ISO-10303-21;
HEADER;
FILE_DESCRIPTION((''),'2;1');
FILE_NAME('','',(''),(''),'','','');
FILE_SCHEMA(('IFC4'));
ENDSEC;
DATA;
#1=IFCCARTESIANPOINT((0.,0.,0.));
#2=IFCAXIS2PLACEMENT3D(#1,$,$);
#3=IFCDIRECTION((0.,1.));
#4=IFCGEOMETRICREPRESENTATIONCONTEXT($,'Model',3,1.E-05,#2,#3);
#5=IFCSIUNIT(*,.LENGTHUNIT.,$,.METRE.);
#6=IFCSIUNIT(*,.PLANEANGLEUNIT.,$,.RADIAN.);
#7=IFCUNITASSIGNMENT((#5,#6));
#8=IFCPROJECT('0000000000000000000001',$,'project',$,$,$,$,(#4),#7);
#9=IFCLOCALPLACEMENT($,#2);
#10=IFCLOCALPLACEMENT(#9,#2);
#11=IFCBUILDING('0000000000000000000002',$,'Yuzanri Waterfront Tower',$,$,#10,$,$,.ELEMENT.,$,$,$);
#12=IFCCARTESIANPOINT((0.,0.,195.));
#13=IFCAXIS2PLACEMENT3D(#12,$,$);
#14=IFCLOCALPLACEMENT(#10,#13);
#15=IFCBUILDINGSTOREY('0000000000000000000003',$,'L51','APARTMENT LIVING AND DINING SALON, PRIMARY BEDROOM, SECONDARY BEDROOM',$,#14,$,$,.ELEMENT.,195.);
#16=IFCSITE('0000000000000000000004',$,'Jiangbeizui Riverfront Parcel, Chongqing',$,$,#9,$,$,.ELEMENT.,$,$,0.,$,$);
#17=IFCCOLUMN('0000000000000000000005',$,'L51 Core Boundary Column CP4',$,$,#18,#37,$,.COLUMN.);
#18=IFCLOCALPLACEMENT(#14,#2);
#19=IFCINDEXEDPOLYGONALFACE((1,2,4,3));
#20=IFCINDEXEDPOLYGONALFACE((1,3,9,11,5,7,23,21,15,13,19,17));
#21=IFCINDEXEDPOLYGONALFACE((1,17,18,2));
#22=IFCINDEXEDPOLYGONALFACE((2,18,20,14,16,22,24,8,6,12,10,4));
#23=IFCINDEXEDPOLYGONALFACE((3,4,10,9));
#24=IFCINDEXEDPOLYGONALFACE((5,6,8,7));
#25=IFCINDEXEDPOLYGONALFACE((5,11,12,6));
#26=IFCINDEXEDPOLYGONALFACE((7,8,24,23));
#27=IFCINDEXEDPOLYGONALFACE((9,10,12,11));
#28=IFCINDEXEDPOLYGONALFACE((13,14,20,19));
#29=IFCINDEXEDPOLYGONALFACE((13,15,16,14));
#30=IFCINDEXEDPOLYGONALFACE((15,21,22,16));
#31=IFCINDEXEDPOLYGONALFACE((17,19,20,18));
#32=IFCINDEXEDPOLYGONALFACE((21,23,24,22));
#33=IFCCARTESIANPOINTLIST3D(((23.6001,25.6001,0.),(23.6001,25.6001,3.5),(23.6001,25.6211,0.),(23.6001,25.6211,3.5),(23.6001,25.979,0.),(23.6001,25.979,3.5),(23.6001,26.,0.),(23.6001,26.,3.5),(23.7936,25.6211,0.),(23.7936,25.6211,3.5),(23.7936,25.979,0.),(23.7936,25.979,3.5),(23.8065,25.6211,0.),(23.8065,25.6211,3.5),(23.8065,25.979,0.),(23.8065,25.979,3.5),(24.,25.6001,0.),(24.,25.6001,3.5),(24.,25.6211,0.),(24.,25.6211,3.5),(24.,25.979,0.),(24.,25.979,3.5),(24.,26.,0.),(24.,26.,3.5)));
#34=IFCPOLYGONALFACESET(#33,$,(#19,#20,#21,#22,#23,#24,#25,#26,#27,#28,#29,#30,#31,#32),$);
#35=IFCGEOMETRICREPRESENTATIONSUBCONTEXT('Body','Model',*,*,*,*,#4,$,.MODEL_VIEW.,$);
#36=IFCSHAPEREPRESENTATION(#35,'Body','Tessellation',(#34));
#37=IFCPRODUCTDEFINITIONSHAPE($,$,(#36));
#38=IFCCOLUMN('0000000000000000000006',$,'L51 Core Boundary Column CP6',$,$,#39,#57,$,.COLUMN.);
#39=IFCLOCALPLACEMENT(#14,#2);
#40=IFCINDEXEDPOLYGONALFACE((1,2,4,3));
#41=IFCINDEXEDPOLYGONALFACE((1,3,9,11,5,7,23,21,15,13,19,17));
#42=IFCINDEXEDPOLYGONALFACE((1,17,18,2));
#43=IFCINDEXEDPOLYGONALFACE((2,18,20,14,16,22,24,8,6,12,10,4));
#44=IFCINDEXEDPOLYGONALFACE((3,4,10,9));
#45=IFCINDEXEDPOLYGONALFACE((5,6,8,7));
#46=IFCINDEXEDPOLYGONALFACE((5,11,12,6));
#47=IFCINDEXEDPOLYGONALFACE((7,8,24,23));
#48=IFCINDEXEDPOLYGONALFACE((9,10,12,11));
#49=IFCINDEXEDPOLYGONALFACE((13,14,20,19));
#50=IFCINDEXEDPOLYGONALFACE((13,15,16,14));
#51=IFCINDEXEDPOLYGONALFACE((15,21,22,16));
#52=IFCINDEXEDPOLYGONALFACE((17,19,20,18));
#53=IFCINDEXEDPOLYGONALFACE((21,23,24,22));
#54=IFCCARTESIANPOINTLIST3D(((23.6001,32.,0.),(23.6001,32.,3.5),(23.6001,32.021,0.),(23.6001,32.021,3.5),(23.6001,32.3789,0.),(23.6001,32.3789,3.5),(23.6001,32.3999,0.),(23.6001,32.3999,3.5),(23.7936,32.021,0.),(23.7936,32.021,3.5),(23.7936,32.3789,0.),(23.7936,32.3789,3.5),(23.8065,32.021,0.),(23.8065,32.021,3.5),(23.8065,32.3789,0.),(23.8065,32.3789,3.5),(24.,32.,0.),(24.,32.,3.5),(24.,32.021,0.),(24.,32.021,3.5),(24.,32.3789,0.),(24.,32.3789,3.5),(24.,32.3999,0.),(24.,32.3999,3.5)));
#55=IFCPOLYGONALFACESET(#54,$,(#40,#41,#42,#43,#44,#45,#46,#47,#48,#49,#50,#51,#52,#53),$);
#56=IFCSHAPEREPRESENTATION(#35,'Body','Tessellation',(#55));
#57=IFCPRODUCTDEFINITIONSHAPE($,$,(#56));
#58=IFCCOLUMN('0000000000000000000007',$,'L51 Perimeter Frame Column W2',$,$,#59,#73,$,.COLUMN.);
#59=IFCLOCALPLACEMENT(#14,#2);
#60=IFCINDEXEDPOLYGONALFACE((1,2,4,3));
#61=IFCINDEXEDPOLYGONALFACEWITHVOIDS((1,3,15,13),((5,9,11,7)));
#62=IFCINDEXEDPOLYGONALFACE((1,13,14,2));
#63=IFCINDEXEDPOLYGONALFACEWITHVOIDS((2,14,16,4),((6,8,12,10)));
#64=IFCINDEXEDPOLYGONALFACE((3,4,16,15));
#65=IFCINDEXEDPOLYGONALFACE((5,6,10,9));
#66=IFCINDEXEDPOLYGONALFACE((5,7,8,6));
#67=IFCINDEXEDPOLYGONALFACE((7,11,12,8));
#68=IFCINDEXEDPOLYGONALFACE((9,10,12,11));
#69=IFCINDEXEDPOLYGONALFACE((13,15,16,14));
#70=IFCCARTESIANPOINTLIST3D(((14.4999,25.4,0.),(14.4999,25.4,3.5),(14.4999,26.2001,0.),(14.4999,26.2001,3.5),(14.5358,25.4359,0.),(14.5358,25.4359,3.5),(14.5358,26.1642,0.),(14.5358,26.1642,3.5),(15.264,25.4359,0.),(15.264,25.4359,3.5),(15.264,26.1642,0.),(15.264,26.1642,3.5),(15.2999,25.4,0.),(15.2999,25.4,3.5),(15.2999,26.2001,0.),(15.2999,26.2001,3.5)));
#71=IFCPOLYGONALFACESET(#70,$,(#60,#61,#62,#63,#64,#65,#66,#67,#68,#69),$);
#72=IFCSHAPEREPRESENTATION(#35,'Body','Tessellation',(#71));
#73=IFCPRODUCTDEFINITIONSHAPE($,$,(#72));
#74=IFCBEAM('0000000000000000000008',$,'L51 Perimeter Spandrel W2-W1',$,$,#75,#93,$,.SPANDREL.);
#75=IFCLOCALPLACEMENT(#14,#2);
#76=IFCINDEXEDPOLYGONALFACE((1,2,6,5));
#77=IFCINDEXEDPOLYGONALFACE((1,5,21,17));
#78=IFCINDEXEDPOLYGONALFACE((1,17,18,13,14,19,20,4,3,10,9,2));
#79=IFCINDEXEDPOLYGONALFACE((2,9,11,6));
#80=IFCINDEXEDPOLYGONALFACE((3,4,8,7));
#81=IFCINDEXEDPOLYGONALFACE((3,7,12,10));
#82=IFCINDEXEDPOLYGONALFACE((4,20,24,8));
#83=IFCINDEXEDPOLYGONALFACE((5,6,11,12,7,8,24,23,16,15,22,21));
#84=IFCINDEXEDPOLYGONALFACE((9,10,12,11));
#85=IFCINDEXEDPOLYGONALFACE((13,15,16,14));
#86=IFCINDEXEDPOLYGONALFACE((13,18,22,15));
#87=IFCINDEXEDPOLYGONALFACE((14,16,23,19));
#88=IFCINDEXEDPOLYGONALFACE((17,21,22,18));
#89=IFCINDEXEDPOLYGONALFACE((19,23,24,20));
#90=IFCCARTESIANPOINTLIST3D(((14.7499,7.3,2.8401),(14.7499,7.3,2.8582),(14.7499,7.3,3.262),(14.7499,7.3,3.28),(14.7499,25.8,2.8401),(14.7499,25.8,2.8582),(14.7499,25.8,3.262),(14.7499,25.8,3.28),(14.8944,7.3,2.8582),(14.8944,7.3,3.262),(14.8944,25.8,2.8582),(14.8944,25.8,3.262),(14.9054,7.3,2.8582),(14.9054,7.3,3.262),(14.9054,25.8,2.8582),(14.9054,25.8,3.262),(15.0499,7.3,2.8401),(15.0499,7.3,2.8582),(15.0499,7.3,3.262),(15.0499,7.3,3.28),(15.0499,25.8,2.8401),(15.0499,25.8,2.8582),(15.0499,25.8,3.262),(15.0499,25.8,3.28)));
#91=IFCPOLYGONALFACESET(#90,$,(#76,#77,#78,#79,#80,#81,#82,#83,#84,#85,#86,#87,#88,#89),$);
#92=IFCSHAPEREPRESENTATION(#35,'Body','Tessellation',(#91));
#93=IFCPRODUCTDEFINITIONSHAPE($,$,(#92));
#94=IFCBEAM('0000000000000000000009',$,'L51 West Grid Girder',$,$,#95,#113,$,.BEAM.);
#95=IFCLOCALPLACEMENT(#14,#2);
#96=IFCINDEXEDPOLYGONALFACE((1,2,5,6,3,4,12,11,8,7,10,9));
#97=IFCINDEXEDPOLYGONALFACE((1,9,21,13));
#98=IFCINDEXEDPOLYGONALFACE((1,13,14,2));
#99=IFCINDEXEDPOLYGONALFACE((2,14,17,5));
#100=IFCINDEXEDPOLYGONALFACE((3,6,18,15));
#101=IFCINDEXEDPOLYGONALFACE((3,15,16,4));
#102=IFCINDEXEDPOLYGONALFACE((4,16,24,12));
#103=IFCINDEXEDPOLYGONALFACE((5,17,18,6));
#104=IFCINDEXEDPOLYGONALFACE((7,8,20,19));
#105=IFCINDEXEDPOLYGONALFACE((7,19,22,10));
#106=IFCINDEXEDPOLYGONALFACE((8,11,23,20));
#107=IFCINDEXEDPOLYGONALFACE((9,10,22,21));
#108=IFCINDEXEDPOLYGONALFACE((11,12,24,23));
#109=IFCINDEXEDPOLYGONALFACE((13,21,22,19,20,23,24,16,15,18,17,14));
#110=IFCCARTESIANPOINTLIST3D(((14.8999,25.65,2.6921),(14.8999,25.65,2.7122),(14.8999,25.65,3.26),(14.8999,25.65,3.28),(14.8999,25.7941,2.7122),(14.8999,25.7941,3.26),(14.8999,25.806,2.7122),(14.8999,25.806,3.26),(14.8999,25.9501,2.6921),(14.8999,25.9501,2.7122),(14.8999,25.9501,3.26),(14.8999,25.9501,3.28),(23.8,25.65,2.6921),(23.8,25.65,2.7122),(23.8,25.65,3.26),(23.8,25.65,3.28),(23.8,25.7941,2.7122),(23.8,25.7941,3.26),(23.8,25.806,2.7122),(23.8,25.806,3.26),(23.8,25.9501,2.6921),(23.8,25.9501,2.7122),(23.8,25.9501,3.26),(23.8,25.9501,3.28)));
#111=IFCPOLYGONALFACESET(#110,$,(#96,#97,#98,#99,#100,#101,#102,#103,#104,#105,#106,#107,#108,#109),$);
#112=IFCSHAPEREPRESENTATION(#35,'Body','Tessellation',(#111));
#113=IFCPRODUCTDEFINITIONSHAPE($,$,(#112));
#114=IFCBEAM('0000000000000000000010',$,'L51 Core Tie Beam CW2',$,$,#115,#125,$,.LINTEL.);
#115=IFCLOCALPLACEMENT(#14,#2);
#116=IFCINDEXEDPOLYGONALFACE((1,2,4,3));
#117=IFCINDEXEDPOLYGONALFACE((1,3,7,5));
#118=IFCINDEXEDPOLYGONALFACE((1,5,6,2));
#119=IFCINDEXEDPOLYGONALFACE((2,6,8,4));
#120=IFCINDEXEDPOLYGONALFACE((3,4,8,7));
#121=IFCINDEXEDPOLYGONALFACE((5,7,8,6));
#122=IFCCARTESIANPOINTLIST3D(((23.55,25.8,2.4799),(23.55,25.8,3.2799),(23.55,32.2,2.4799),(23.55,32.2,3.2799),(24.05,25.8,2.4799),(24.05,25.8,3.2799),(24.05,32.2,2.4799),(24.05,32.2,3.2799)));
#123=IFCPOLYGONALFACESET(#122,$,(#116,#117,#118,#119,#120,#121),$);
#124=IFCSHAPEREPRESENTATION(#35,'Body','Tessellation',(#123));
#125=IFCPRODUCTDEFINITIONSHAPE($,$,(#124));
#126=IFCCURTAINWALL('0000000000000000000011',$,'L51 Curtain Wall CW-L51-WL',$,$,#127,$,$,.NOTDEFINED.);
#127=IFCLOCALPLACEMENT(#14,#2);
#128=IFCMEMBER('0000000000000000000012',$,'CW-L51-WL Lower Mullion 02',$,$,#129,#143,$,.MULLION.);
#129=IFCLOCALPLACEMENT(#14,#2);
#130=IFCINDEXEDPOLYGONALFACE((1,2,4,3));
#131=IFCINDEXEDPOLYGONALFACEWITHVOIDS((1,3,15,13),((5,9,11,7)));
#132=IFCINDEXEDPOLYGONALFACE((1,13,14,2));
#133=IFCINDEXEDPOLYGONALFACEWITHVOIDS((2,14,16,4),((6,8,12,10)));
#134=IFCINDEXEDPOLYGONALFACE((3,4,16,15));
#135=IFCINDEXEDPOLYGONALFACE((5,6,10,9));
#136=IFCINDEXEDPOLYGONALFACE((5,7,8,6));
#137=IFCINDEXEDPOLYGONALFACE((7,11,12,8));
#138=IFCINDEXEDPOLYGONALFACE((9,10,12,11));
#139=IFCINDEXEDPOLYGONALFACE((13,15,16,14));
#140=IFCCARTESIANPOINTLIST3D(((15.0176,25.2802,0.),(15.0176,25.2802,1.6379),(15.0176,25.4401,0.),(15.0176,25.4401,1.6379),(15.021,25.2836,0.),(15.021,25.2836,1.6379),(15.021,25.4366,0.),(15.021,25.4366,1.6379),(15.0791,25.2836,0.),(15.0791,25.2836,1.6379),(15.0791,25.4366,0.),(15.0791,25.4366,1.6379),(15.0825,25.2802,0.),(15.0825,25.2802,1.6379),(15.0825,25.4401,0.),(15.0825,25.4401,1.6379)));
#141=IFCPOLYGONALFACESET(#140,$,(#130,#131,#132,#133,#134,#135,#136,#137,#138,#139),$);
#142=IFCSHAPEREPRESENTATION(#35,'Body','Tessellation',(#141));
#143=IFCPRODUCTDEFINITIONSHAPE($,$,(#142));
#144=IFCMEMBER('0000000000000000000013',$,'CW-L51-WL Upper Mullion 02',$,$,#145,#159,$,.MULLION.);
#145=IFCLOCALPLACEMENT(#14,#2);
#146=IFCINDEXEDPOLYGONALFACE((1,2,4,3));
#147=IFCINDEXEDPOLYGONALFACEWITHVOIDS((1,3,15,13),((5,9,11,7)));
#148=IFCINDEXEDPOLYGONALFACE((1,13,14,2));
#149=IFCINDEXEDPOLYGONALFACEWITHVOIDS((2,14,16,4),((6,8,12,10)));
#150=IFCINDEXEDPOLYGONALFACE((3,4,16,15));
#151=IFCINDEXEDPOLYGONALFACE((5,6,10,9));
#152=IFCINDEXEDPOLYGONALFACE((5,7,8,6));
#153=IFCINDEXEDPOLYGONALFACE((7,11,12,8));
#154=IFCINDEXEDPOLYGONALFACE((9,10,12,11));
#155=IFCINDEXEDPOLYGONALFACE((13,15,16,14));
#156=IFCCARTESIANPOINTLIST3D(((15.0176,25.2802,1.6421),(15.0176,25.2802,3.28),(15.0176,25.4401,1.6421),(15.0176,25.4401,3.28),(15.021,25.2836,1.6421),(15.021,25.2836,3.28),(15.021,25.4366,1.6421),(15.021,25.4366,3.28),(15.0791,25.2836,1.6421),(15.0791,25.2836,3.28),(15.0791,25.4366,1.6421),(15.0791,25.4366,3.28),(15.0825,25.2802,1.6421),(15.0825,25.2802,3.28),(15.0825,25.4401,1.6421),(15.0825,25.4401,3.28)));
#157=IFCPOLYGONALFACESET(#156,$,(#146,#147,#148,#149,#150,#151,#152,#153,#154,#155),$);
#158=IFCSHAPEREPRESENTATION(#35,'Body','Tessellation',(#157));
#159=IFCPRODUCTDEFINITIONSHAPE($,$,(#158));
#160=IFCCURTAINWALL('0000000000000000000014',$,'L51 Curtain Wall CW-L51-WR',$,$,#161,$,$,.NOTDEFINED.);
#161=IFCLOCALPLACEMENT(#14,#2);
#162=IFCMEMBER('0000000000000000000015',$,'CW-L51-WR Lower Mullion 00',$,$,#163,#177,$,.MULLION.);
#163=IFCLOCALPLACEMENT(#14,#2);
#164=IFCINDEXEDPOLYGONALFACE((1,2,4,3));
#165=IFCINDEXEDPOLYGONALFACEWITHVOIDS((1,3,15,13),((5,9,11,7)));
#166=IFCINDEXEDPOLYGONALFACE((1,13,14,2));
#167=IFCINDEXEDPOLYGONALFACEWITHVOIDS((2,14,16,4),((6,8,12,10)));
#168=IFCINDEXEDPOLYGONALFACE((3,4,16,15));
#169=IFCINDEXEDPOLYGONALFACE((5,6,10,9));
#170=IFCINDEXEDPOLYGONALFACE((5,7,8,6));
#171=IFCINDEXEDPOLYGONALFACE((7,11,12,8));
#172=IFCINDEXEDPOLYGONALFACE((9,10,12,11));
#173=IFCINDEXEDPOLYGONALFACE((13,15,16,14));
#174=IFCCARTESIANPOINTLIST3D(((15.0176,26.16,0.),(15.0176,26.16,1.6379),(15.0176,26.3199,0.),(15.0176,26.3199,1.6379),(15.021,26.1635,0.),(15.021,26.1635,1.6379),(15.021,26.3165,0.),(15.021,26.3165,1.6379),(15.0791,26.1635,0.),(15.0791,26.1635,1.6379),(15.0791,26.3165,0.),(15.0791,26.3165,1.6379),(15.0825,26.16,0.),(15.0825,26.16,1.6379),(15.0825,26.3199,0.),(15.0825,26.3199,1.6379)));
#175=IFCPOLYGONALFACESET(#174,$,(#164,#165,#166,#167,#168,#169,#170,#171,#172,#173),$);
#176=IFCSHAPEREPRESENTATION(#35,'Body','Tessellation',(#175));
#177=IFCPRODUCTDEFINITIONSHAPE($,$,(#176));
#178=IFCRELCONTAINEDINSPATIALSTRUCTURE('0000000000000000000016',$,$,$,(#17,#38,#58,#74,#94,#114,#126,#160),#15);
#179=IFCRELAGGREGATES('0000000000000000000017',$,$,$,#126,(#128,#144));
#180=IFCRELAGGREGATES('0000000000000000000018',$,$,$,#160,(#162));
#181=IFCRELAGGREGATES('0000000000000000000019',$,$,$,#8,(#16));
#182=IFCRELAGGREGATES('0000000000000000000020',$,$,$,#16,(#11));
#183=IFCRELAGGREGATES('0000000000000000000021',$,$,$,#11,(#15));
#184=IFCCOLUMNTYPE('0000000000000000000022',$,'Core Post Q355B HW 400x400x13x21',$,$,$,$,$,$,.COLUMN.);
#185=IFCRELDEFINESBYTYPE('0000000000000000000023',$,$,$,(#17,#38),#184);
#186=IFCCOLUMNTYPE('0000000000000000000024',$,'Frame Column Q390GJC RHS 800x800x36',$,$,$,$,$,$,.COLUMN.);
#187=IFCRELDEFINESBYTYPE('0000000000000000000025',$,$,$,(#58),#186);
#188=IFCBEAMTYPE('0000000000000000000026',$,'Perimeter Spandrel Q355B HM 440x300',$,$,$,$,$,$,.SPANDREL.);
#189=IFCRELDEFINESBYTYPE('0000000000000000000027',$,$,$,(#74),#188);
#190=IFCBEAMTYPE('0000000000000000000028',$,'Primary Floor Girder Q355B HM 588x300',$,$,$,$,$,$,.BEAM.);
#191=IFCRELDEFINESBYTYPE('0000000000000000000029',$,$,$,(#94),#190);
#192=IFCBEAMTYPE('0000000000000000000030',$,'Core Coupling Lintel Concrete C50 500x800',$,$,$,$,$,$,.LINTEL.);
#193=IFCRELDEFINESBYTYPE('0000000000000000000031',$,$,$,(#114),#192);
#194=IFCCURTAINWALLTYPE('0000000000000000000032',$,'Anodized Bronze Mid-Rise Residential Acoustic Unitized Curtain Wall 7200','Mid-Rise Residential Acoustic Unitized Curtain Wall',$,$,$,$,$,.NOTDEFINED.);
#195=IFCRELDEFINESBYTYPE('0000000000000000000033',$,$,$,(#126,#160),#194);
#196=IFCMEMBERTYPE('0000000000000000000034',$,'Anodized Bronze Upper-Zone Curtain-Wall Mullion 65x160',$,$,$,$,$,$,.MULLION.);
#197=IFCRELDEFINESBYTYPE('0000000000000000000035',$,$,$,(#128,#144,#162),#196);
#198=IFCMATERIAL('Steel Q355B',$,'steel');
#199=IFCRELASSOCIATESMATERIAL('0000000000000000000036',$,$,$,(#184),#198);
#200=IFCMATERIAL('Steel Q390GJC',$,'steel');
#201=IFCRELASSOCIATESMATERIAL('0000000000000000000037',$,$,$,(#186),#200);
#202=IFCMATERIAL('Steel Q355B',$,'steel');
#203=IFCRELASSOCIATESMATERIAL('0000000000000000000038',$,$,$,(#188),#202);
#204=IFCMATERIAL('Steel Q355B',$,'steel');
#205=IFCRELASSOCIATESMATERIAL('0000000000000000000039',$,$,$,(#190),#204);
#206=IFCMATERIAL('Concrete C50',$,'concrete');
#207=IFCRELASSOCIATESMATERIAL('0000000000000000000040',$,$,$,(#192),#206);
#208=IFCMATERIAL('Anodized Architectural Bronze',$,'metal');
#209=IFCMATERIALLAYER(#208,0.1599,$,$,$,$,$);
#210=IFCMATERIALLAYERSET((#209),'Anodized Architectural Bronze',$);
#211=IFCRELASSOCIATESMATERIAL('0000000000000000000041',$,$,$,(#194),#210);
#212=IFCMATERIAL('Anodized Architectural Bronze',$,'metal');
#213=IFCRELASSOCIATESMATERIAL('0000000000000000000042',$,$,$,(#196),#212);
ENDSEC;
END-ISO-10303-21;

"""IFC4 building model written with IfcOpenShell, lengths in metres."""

from ifc_helpers import new_model, si_unit, direction, frame, origin, origin_2d, place, context, subcontext, project, spatial, rectangle, hollow_rectangle, i_section, extrude, source, transform, mapped, material, layer, layer_set, material_profile, profile_set, type_object, element, aggregate, save


model = new_model("IFC4")

# Units and contexts
model_context = context("Model", 3, precision=1e-05, world=origin(), true_north=direction((0.0, 1.0)))
body_context = subcontext(model_context, "Body", "Model", "MODEL_VIEW")
ifc_project = project(units=[si_unit("LENGTHUNIT", "METRE"), si_unit("PLANEANGLEUNIT", "RADIAN")], contexts=[model_context])

# Site, building, storey
site_placement = place(None, origin())
site = spatial("IfcSite", under=ifc_project, at=site_placement, Name="Jiangbeizui Riverfront Parcel, Chongqing", CompositionType="ELEMENT", RefElevation=0.0)
building_placement = place(site_placement, origin())
building = spatial("IfcBuilding", under=site, at=building_placement, Name="Yuzanri Waterfront Tower", CompositionType="ELEMENT")
storey_placement = place(building_placement, frame((0.0, 0.0, 195.0)))
storey = spatial("IfcBuildingStorey", under=building, at=storey_placement, Name="L51", Description="APARTMENT LIVING AND DINING SALON, PRIMARY BEDROOM, SECONDARY BEDROOM", CompositionType="ELEMENT", Elevation=195.0)

# Columns
ifc_material_1 = material(Name="Steel Q355B", Category="steel")
ifc_material_profile_1 = material_profile(ifc_material_1, i_section(OverallWidth=0.3999, OverallDepth=0.3999, WebThickness=0.0129, FlangeThickness=0.021, at=origin_2d()), Name="HW 400x400x13x21")
ifc_profile_set_1 = profile_set([ifc_material_profile_1], Name="Steel Q355B")
column_type_1 = type_object("IfcColumnType", Name="Core Post Q355B HW 400x400x13x21", PredefinedType="COLUMN", material=ifc_profile_set_1)
shared_shape_1 = source(origin(), body_context, "Body", "SweptSolid", [
    extrude(i_section(OverallWidth=0.3999, OverallDepth=0.3999, WebThickness=0.0129, FlangeThickness=0.021, at=origin_2d()), origin(), (0.0, 0.0, 1.0), 3.5),
])
for number, where, z_axis, x_axis, name in (
    (1, (23.8, 25.8, 0.0), (0.0, 0.0, 1.0), (1.0, 0.0, 0.0), "L51 Core Boundary Column CP4"),
    (2, (23.8, 32.2, 0.0), (0.0, 0.0, 1.0), (1.0, 0.0, 0.0), "L51 Core Boundary Column CP6"),
):
    element("IfcColumn", number, at=place(storey_placement, frame(where, z_axis=z_axis, x_axis=x_axis)), inside=storey, type_object=column_type_1, Name=name, PredefinedType="COLUMN", context=body_context, shape_type="MappedRepresentation", body=[
        mapped(shared_shape_1, transform((0.0, 0.0, 0.0), scale=1.0)),
    ])
ifc_material_2 = material(Name="Steel Q390GJC", Category="steel")
ifc_material_profile_2 = material_profile(ifc_material_2, hollow_rectangle(XDim=0.8, YDim=0.8, WallThickness=0.0359, at=origin_2d()), Name="RHS 800x800x36")
ifc_profile_set_2 = profile_set([ifc_material_profile_2], Name="Steel Q390GJC")
column_type_2 = type_object("IfcColumnType", Name="Frame Column Q390GJC RHS 800x800x36", PredefinedType="COLUMN", material=ifc_profile_set_2)
shared_shape_2 = source(origin(), body_context, "Body", "SweptSolid", [
    extrude(hollow_rectangle(XDim=0.8, YDim=0.8, WallThickness=0.0359, at=origin_2d()), origin(), (0.0, 0.0, 1.0), 3.5),
])
column_placement = place(storey_placement, frame((14.8999, 25.8, 0.0), z_axis=(0.0, 0.0, 1.0), x_axis=(1.0, 0.0, 0.0)))
element("IfcColumn", 3, at=column_placement, inside=storey, type_object=column_type_2, Name="L51 Perimeter Frame Column W2", PredefinedType="COLUMN", context=body_context, shape_type="MappedRepresentation", body=[
    mapped(shared_shape_2, transform((0.0, 0.0, 0.0), scale=1.0)),
])

# Beams
ifc_material_3 = material(Name="Steel Q355B", Category="steel")
ifc_material_profile_3 = material_profile(ifc_material_3, i_section(OverallWidth=0.3, OverallDepth=0.4399, WebThickness=0.011, FlangeThickness=0.0181, at=origin_2d()), Name="HM 440x300x11x18")
ifc_profile_set_3 = profile_set([ifc_material_profile_3], Name="Steel Q355B")
beam_type_1 = type_object("IfcBeamType", Name="Perimeter Spandrel Q355B HM 440x300", PredefinedType="SPANDREL", material=ifc_profile_set_3)
shared_shape_3 = source(origin(), body_context, "Body", "SweptSolid", [
    extrude(i_section(OverallWidth=0.3, OverallDepth=0.4399, WebThickness=0.011, FlangeThickness=0.0181, at=origin_2d()), origin(), (0.0, 0.0, 1.0), 18.5),
])
beam_1_placement = place(storey_placement, frame((14.8999, 25.8, 3.0601), z_axis=(0.0, -1.0, 0.0), x_axis=(1.0, 0.0, 0.0)))
element("IfcBeam", 4, at=beam_1_placement, inside=storey, type_object=beam_type_1, Name="L51 Perimeter Spandrel W2-W1", PredefinedType="SPANDREL", context=body_context, shape_type="MappedRepresentation", body=[
    mapped(shared_shape_3, transform((0.0, 0.0, 0.0), scale=1.0)),
])
ifc_material_4 = material(Name="Steel Q355B", Category="steel")
ifc_material_profile_4 = material_profile(ifc_material_4, i_section(OverallWidth=0.3, OverallDepth=0.5879, WebThickness=0.012, FlangeThickness=0.02, at=origin_2d()), Name="HM 588x300x12x20")
ifc_profile_set_4 = profile_set([ifc_material_profile_4], Name="Steel Q355B")
beam_type_2 = type_object("IfcBeamType", Name="Primary Floor Girder Q355B HM 588x300", PredefinedType="BEAM", material=ifc_profile_set_4)
shared_shape_4 = source(origin(), body_context, "Body", "SweptSolid", [
    extrude(i_section(OverallWidth=0.3, OverallDepth=0.5879, WebThickness=0.012, FlangeThickness=0.02, at=origin_2d()), origin(), (0.0, 0.0, 1.0), 8.9001),
])
beam_2_placement = place(storey_placement, frame((23.8, 25.8, 2.9861), z_axis=(-1.0, 0.0, 0.0), x_axis=(0.0, -1.0, 0.0)))
element("IfcBeam", 5, at=beam_2_placement, inside=storey, type_object=beam_type_2, Name="L51 West Grid Girder", PredefinedType="BEAM", context=body_context, shape_type="MappedRepresentation", body=[
    mapped(shared_shape_4, transform((0.0, 0.0, 0.0), scale=1.0)),
])
ifc_material_5 = material(Name="Concrete C50", Category="concrete")
ifc_material_profile_5 = material_profile(ifc_material_5, rectangle(XDim=0.5, YDim=0.8, at=origin_2d()), Name="RC 500x800")
ifc_profile_set_5 = profile_set([ifc_material_profile_5], Name="Concrete C50")
beam_type_3 = type_object("IfcBeamType", Name="Core Coupling Lintel Concrete C50 500x800", PredefinedType="LINTEL", material=ifc_profile_set_5)
shared_shape_5 = source(origin(), body_context, "Body", "SweptSolid", [
    extrude(rectangle(XDim=0.5, YDim=0.8, at=origin_2d()), origin(), (0.0, 0.0, 1.0), 6.3999),
])
beam_3_placement = place(storey_placement, frame((23.8, 25.8, 2.8799), z_axis=(0.0, 1.0, 0.0), x_axis=(-1.0, 0.0, 0.0)))
element("IfcBeam", 6, at=beam_3_placement, inside=storey, type_object=beam_type_3, Name="L51 Core Tie Beam CW2", PredefinedType="LINTEL", context=body_context, shape_type="MappedRepresentation", body=[
    mapped(shared_shape_5, transform((0.0, 0.0, 0.0), scale=1.0)),
])

# Curtain wall, members
ifc_material_6 = material(Name="Anodized Architectural Bronze", Category="metal")
ifc_layer_1 = layer(ifc_material_6, 0.1599)
ifc_layer_set_1 = layer_set([ifc_layer_1], Name="Anodized Architectural Bronze")
curtain_wall_type = type_object("IfcCurtainWallType", Name="Anodized Bronze Mid-Rise Residential Acoustic Unitized Curtain Wall 7200", Description="Mid-Rise Residential Acoustic Unitized Curtain Wall", PredefinedType="NOTDEFINED", material=ifc_layer_set_1)
curtain_wall_1_placement = place(storey_placement, origin())
curtain_wall_1 = element("IfcCurtainWall", 7, at=curtain_wall_1_placement, inside=storey, type_object=curtain_wall_type, Name="L51 Curtain Wall CW-L51-WL", PredefinedType="NOTDEFINED")
ifc_material_7 = material(Name="Anodized Architectural Bronze", Category="metal")
ifc_material_profile_6 = material_profile(ifc_material_7, hollow_rectangle(XDim=0.0649, YDim=0.1599, WallThickness=0.0034, at=origin_2d()), Name="CWM 65x160")
ifc_profile_set_6 = profile_set([ifc_material_profile_6], Name="Anodized Architectural Bronze")
member_type_1 = type_object("IfcMemberType", Name="Anodized Bronze Upper-Zone Curtain-Wall Mullion 65x160", PredefinedType="MULLION", material=ifc_profile_set_6)
shared_shape_6 = source(origin(), body_context, "Body", "SweptSolid", [
    extrude(hollow_rectangle(XDim=0.0649, YDim=0.1599, WallThickness=0.0034, at=origin_2d()), origin(), (0.0, 0.0, 1.0), 1.6379),
])
member_1_placement = place(storey_placement, frame((15.05, 25.3601, 0.0), z_axis=(0.0, 0.0, 1.0), x_axis=(1.0, 0.0, 0.0)))
member_1 = element("IfcMember", 8, at=member_1_placement, type_object=member_type_1, Name="CW-L51-WL Lower Mullion 02", PredefinedType="MULLION", context=body_context, shape_type="MappedRepresentation", body=[
    mapped(shared_shape_6, transform((0.0, 0.0, 0.0), scale=1.0)),
])
member_2_placement = place(storey_placement, frame((15.05, 25.3601, 1.6421), z_axis=(0.0, 0.0, 1.0), x_axis=(1.0, 0.0, 0.0)))
member_2 = element("IfcMember", 9, at=member_2_placement, type_object=member_type_1, Name="CW-L51-WL Upper Mullion 02", PredefinedType="MULLION", context=body_context, shape_type="MappedRepresentation", body=[
    mapped(shared_shape_6, transform((0.0, 0.0, 0.0), scale=1.0)),
])
aggregate(curtain_wall_1, [member_1, member_2])

# Curtain wall, member
curtain_wall_2_placement = place(storey_placement, origin())
curtain_wall_2 = element("IfcCurtainWall", 10, at=curtain_wall_2_placement, inside=storey, type_object=curtain_wall_type, Name="L51 Curtain Wall CW-L51-WR", PredefinedType="NOTDEFINED")
member_3_placement = place(storey_placement, frame((15.05, 26.24, 0.0), z_axis=(0.0, 0.0, 1.0), x_axis=(1.0, 0.0, 0.0)))
member_3 = element("IfcMember", 11, at=member_3_placement, type_object=member_type_1, Name="CW-L51-WR Lower Mullion 00", PredefinedType="MULLION", context=body_context, shape_type="MappedRepresentation", body=[
    mapped(shared_shape_6, transform((0.0, 0.0, 0.0), scale=1.0)),
])
aggregate(curtain_wall_2, [member_3])

save(model, "model.ifc")
